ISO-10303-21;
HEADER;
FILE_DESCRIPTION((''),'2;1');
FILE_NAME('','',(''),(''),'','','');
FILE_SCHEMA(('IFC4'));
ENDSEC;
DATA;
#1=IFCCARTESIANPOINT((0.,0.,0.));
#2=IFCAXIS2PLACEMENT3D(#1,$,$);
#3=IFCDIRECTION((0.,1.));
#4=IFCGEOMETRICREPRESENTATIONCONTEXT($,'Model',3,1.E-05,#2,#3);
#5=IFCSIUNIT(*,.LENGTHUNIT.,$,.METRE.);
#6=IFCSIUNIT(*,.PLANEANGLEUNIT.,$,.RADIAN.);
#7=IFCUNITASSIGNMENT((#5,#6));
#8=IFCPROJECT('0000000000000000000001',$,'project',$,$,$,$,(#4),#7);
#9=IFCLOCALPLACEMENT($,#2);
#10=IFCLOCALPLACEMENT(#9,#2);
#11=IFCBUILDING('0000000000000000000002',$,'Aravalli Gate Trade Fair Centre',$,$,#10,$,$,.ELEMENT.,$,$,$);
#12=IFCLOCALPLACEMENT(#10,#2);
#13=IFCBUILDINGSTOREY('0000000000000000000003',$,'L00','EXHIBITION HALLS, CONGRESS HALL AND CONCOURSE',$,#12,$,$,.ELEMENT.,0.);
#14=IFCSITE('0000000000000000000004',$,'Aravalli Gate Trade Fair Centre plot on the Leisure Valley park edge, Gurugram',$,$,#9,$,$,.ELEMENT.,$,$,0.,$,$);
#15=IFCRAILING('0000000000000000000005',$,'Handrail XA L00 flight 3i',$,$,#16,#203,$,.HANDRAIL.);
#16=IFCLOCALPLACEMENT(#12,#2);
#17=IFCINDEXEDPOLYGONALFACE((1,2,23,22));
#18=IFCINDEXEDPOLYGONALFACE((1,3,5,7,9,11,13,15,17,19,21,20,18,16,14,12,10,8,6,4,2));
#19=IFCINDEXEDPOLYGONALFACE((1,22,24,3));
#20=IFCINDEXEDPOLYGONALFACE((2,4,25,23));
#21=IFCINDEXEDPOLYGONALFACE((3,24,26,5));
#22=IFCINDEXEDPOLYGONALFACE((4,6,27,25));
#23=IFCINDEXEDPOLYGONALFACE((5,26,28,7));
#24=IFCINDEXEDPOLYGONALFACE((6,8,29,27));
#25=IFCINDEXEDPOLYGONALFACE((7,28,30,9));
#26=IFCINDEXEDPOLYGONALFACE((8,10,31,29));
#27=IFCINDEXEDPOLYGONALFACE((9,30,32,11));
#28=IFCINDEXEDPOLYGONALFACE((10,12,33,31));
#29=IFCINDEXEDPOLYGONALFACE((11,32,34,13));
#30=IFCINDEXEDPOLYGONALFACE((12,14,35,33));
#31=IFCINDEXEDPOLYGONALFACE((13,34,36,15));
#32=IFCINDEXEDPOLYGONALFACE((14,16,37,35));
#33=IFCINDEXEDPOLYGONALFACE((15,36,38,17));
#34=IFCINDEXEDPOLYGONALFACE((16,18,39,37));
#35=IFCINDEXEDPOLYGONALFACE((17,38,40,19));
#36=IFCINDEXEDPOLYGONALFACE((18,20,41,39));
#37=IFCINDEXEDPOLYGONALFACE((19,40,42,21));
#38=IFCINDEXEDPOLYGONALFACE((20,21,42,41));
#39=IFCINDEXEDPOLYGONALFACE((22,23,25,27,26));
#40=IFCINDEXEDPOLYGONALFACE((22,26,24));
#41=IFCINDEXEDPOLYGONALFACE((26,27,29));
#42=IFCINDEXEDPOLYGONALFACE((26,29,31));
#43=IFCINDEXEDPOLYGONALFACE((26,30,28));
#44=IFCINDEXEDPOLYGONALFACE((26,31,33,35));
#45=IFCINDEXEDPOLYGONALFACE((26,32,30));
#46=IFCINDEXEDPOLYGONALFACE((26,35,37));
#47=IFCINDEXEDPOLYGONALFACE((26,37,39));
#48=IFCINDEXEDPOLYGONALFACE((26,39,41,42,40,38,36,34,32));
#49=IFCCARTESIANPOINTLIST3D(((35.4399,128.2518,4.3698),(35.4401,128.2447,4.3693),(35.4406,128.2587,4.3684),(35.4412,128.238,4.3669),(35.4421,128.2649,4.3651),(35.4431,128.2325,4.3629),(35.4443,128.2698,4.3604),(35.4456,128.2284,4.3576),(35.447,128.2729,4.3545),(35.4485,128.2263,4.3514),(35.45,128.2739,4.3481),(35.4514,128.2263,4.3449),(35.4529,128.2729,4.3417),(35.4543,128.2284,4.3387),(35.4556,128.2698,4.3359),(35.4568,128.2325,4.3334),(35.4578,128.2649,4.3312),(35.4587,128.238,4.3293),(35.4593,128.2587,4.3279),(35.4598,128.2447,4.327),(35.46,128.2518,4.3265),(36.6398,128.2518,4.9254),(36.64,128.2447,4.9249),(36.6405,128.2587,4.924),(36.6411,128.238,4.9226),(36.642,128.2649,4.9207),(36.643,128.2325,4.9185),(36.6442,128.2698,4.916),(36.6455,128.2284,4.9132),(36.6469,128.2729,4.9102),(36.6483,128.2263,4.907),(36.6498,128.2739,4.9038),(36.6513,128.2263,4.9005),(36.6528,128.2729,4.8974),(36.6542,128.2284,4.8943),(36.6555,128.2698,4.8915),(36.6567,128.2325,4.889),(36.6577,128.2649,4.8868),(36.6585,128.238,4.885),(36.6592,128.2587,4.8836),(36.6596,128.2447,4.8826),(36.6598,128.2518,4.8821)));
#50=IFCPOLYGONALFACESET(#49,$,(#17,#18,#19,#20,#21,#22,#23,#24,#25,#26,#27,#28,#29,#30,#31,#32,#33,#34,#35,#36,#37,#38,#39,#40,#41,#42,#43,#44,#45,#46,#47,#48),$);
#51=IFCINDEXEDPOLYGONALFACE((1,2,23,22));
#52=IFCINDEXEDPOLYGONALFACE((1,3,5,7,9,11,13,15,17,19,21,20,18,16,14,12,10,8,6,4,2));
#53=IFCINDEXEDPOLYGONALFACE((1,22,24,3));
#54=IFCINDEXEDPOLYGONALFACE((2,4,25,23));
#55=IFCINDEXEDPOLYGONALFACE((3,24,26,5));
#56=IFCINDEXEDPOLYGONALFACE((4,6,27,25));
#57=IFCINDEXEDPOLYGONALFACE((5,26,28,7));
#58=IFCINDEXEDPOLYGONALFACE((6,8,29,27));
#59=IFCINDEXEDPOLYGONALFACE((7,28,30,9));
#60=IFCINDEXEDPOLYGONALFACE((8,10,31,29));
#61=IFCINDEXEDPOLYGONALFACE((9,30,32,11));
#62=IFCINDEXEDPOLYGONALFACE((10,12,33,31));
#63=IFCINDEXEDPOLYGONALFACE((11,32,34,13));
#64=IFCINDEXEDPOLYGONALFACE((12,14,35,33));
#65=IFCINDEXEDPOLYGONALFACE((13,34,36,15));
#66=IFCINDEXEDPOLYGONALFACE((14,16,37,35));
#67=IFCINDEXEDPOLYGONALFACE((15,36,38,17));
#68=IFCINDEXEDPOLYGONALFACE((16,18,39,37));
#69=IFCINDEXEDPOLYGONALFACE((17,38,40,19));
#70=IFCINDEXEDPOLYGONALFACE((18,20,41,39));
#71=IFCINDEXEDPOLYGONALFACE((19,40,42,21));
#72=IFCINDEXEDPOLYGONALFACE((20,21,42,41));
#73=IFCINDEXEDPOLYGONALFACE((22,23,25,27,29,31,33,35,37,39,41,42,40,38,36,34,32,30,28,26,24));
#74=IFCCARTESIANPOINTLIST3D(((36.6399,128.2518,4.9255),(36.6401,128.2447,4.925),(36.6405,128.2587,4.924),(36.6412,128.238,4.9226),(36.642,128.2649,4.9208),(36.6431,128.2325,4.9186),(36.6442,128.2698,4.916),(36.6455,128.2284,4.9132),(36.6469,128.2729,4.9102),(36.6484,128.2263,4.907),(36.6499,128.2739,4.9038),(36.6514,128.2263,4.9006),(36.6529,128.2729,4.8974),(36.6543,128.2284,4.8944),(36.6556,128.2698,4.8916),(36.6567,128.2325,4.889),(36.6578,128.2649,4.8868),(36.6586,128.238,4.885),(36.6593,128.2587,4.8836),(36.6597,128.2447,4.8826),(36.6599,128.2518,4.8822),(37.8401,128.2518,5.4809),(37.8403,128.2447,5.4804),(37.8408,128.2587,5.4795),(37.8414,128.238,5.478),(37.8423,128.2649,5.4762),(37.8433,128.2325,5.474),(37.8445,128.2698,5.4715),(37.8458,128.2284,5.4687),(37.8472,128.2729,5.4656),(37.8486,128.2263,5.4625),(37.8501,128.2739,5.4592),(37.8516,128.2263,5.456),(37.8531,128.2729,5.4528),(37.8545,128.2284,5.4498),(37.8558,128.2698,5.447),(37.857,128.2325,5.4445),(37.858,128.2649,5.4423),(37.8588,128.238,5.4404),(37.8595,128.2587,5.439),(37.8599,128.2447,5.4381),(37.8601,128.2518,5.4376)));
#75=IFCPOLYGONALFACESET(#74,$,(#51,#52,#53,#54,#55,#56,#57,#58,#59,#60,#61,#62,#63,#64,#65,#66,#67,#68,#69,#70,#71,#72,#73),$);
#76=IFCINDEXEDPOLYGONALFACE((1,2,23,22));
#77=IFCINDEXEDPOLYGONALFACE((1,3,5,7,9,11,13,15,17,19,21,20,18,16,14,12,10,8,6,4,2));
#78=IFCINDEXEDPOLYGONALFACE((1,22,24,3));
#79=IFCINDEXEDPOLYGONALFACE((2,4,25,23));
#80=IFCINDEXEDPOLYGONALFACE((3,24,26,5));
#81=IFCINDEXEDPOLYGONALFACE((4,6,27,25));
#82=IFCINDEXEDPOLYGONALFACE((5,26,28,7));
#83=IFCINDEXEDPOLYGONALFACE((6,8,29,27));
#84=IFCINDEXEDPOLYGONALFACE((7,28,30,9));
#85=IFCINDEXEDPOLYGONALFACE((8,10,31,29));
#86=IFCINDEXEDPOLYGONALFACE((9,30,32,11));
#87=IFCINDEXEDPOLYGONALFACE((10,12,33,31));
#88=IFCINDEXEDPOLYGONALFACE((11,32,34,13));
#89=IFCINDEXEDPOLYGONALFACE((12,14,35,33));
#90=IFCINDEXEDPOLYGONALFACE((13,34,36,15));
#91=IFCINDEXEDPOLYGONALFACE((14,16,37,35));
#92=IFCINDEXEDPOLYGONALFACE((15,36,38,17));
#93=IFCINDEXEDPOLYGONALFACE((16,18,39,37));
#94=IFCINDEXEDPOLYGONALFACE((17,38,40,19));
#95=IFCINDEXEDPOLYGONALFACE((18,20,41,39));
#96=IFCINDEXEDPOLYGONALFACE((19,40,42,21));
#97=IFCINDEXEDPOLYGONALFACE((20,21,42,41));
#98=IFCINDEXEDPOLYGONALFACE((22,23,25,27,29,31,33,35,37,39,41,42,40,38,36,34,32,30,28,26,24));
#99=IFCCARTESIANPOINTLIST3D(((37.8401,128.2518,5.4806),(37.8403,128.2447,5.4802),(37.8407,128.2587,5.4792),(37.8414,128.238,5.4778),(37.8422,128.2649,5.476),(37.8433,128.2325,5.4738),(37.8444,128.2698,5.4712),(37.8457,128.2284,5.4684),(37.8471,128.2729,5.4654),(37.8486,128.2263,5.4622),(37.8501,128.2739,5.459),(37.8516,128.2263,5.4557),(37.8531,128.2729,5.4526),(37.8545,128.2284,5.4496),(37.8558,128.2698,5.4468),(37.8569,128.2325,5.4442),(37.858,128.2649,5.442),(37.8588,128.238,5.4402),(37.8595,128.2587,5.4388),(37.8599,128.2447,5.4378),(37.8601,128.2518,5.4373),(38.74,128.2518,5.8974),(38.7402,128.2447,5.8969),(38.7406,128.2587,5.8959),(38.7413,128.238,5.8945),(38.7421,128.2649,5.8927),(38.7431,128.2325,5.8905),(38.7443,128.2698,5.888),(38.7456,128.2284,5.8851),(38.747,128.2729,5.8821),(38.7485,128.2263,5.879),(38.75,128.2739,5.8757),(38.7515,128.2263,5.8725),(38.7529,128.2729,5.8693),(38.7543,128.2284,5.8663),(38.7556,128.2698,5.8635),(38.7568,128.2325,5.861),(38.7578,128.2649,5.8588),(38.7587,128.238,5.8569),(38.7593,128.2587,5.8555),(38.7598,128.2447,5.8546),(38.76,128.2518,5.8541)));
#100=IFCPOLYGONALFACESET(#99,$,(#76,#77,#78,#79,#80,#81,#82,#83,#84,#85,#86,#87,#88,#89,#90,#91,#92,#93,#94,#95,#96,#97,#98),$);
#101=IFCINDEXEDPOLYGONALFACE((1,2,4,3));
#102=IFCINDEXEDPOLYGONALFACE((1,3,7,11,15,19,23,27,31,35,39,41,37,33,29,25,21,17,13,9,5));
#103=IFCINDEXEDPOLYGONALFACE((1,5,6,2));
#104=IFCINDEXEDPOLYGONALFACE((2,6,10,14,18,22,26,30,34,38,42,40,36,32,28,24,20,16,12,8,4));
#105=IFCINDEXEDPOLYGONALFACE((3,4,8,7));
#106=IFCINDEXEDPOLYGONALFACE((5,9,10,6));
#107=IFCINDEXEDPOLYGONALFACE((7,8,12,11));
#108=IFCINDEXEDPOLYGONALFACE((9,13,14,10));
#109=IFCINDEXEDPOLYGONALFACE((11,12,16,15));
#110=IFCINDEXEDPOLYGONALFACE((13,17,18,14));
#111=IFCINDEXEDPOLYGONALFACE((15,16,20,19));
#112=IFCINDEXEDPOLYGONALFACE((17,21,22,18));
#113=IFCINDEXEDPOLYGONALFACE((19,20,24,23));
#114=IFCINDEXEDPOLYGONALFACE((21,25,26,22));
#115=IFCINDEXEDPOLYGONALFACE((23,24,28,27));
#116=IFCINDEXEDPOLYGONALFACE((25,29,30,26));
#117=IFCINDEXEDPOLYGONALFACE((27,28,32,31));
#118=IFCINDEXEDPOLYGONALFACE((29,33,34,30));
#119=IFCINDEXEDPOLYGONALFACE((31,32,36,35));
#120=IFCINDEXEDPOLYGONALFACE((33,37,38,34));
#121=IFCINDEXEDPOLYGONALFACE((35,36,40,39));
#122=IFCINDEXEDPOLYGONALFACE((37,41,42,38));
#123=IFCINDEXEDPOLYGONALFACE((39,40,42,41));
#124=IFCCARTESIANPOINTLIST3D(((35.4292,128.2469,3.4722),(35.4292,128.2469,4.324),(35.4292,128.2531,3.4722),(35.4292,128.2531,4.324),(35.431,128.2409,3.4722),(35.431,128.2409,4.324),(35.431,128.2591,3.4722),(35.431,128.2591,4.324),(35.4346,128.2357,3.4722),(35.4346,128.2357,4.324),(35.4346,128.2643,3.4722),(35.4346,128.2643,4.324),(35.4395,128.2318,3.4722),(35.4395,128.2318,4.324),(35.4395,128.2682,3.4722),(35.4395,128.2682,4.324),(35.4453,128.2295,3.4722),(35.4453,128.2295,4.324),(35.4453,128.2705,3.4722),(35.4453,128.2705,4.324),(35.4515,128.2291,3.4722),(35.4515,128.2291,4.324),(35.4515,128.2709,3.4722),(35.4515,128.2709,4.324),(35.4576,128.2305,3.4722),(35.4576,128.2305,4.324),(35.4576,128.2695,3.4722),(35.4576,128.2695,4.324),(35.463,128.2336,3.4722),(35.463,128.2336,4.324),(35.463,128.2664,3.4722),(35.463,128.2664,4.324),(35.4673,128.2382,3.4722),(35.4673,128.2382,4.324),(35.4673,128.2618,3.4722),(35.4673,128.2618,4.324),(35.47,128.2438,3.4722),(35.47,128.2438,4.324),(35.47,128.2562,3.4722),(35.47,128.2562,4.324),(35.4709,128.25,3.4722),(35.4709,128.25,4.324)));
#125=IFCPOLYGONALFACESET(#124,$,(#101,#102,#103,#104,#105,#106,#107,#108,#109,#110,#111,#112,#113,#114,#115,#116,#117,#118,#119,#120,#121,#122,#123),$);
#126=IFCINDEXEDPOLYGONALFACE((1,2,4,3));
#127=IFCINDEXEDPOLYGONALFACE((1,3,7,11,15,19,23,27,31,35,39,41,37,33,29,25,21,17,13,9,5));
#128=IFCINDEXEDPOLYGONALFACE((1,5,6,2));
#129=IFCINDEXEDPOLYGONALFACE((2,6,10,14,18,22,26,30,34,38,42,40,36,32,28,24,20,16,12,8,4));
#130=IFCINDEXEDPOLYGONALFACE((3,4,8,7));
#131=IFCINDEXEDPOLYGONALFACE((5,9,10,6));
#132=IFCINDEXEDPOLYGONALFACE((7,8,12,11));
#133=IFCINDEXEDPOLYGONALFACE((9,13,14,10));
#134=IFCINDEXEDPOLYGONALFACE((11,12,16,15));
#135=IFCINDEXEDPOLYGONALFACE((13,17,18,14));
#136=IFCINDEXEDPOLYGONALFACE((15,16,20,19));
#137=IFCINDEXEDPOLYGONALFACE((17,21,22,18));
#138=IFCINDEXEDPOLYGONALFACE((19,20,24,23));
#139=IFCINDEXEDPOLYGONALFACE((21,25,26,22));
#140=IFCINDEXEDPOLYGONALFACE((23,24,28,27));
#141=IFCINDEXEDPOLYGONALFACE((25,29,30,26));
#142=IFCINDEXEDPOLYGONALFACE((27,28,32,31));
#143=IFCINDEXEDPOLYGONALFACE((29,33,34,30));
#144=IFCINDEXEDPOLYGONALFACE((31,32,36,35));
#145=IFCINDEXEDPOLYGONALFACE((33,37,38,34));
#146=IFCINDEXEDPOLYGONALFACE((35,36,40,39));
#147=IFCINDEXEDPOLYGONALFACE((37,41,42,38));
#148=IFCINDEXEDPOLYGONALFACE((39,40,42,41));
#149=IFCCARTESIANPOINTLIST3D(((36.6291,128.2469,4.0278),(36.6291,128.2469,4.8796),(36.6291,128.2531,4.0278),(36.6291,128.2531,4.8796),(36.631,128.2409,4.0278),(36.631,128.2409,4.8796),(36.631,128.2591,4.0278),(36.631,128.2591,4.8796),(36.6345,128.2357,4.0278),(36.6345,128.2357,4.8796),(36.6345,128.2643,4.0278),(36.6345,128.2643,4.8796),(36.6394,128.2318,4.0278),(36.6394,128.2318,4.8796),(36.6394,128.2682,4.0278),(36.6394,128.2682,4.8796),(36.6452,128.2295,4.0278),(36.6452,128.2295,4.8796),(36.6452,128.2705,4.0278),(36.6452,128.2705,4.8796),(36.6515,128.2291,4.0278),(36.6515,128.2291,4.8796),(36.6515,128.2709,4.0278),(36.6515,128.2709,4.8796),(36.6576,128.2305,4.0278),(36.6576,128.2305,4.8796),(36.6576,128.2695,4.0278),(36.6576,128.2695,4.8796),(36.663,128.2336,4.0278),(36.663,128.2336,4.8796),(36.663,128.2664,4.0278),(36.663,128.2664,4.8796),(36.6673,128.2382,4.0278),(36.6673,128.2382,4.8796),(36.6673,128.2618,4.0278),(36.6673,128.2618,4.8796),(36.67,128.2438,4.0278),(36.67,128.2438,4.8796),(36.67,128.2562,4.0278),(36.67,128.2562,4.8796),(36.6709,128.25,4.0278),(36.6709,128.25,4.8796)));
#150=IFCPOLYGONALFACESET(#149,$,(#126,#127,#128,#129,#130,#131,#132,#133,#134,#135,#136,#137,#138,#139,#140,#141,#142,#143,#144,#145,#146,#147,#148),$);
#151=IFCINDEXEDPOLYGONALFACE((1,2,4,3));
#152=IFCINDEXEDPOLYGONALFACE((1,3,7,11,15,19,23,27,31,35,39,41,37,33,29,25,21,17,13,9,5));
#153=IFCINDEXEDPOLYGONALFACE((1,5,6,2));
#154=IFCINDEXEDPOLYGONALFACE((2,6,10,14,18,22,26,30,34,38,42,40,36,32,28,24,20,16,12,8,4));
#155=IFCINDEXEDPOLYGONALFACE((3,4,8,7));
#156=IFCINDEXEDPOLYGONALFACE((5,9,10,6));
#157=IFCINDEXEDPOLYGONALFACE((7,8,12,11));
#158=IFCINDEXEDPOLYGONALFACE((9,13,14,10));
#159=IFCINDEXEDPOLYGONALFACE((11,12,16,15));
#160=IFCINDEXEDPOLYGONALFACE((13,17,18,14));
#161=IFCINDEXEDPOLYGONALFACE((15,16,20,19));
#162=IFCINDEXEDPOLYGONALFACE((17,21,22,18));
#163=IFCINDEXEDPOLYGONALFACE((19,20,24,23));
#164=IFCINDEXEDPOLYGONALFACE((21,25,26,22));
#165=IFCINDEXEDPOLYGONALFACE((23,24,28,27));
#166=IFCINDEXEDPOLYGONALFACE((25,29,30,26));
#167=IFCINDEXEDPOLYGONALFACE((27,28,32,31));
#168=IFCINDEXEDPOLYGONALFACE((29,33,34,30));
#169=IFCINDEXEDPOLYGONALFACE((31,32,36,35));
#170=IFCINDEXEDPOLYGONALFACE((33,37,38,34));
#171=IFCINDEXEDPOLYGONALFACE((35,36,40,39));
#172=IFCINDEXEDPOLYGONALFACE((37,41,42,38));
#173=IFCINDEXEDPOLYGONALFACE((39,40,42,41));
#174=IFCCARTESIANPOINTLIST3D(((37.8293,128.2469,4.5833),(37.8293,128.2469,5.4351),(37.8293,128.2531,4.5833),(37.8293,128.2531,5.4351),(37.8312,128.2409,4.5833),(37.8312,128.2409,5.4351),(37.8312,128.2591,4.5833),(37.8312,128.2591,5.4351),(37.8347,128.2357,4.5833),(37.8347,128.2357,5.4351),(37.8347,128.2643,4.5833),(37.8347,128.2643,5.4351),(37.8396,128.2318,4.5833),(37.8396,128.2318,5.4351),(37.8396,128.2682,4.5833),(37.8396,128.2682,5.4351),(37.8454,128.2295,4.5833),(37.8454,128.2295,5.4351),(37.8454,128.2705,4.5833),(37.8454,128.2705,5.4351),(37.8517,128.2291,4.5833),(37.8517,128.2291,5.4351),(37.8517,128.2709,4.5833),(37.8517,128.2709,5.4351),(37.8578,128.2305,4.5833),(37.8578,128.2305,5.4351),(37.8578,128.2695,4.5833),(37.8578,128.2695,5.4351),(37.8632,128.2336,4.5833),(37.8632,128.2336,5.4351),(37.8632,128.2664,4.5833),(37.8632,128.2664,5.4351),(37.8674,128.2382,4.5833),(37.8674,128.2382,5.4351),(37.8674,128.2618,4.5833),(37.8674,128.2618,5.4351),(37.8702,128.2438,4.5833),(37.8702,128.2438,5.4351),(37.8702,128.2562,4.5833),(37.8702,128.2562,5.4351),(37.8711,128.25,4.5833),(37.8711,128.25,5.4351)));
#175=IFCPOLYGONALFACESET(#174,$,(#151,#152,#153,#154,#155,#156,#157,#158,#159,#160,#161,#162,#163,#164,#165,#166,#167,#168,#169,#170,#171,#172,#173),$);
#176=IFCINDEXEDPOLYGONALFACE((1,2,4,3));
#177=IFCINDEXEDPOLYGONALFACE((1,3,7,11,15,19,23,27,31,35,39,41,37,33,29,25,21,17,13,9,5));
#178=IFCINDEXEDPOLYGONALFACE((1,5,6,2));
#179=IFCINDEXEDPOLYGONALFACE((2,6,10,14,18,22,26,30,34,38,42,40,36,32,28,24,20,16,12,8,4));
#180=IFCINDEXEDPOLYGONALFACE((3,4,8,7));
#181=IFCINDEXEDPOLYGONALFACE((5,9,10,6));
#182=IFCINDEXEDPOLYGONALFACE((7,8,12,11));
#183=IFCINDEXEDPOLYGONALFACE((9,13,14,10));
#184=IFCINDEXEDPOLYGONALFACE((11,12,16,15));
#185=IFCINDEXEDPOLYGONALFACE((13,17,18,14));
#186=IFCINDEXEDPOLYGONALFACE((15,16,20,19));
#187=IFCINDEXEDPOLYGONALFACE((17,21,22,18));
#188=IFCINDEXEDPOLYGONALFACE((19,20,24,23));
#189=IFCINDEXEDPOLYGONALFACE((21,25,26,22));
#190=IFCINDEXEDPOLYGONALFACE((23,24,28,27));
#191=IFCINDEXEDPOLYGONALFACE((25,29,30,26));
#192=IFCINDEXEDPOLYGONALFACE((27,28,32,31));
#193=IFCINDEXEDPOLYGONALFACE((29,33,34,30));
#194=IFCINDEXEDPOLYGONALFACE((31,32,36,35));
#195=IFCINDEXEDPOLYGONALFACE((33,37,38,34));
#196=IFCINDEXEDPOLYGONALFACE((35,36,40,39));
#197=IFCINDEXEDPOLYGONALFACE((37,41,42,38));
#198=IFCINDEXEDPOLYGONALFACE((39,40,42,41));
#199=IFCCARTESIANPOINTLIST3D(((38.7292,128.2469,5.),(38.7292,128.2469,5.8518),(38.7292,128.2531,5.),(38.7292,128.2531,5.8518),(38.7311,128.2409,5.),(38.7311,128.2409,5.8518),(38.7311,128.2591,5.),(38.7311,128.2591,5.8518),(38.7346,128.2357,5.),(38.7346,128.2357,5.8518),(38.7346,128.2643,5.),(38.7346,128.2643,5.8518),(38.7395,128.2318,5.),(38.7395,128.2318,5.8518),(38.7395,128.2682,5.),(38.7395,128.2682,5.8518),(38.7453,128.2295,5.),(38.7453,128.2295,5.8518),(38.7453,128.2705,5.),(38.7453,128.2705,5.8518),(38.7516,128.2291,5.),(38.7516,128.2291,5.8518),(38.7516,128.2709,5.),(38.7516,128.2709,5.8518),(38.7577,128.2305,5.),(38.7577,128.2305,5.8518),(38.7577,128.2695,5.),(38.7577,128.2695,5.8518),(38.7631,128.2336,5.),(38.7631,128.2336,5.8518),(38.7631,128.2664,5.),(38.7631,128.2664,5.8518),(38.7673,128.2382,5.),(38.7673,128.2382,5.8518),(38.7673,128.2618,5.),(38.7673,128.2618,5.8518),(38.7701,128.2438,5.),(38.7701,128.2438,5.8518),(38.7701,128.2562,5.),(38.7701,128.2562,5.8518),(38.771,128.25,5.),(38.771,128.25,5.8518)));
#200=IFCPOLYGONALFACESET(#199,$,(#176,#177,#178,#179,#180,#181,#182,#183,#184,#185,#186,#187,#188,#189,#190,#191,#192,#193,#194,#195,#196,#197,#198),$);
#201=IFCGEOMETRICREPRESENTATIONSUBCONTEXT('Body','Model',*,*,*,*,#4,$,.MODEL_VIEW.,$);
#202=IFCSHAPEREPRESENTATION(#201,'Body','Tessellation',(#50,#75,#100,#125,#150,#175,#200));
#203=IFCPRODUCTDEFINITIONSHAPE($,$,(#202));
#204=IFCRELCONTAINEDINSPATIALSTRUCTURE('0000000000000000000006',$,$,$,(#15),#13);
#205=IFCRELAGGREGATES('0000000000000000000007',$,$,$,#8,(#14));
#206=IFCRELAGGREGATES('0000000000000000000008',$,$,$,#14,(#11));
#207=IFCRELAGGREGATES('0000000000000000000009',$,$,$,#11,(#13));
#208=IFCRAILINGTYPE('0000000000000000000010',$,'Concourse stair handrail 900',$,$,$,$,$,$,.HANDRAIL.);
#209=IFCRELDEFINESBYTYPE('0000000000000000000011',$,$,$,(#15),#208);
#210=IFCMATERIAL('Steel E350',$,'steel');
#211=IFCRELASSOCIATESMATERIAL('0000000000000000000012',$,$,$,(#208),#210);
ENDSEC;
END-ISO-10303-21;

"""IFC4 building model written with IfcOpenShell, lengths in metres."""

from ifc_helpers import new_model, si_unit, direction, frame, origin, origin_2d, place, context, subcontext, project, spatial, circle, extrude, material, type_object, element, save


model = new_model("IFC4")

# Units and contexts
model_context = context("Model", 3, precision=1e-05, world=origin(), true_north=direction((0.0, 1.0)))
body_context = subcontext(model_context, "Body", "Model", "MODEL_VIEW")
ifc_project = project(units=[si_unit("LENGTHUNIT", "METRE"), si_unit("PLANEANGLEUNIT", "RADIAN")], contexts=[model_context])

# Site, building, storey
site_placement = place(None, origin())
site = spatial("IfcSite", under=ifc_project, at=site_placement, Name="Aravalli Gate Trade Fair Centre plot on the Leisure Valley park edge, Gurugram", CompositionType="ELEMENT", RefElevation=0.0)
building_placement = place(site_placement, origin())
building = spatial("IfcBuilding", under=site, at=building_placement, Name="Aravalli Gate Trade Fair Centre", CompositionType="ELEMENT")
storey_placement = place(building_placement, origin())
storey = spatial("IfcBuildingStorey", under=building, at=storey_placement, Name="L00", Description="EXHIBITION HALLS, CONGRESS HALL AND CONCOURSE", CompositionType="ELEMENT", Elevation=0.0)

# Shared definitions
ifc_material_1 = material(Name="Steel E350", Category="steel")

# Railing
railing_type = type_object("IfcRailingType", Name="Concourse stair handrail 900", PredefinedType="HANDRAIL", material=ifc_material_1)
for number, where, name in (
    (1, (35.45, 128.25, 3.4722), "Handrail XA L00 flight 3i"),
):
    element("IfcRailing", number, at=place(storey_placement, frame(where)), inside=storey, type_object=railing_type, Name=name, PredefinedType="HANDRAIL", context=body_context, shape_type="SweptSolid", body=[
        extrude(circle(Radius=0.0239, at=origin_2d()), frame((0.0, 0.0, 0.876), z_axis=(0.907429, 0.0, 0.420205), x_axis=(0.0, 1.0, 0.0)), (0.0, 0.0, 1.0), 1.3223),
        extrude(circle(Radius=0.0239, at=origin_2d()), frame((1.2, 0.0, 1.4316), z_axis=(0.907532, 0.0, 0.419983), x_axis=(0.0, 1.0, 0.0)), (0.0, 0.0, 1.0), 1.3225),
        extrude(circle(Radius=0.0239, at=origin_2d()), frame((2.4001, 0.0, 1.9868), z_axis=(0.907418, 0.0, 0.420229), x_axis=(0.0, 1.0, 0.0)), (0.0, 0.0, 1.0), 0.9917),
        extrude(circle(Radius=0.021, at=origin_2d()), origin(), (0.0, 0.0, 1.0), 0.8518),
        extrude(circle(Radius=0.021, at=origin_2d()), frame((1.2, 0.0, 0.5557)), (0.0, 0.0, 1.0), 0.8518),
        extrude(circle(Radius=0.021, at=origin_2d()), frame((2.4001, 0.0, 1.1111)), (0.0, 0.0, 1.0), 0.8518),
        extrude(circle(Radius=0.021, at=origin_2d()), frame((3.3, 0.0, 1.5278)), (0.0, 0.0, 1.0), 0.8518),
    ])

save(model, "model.ifc")
